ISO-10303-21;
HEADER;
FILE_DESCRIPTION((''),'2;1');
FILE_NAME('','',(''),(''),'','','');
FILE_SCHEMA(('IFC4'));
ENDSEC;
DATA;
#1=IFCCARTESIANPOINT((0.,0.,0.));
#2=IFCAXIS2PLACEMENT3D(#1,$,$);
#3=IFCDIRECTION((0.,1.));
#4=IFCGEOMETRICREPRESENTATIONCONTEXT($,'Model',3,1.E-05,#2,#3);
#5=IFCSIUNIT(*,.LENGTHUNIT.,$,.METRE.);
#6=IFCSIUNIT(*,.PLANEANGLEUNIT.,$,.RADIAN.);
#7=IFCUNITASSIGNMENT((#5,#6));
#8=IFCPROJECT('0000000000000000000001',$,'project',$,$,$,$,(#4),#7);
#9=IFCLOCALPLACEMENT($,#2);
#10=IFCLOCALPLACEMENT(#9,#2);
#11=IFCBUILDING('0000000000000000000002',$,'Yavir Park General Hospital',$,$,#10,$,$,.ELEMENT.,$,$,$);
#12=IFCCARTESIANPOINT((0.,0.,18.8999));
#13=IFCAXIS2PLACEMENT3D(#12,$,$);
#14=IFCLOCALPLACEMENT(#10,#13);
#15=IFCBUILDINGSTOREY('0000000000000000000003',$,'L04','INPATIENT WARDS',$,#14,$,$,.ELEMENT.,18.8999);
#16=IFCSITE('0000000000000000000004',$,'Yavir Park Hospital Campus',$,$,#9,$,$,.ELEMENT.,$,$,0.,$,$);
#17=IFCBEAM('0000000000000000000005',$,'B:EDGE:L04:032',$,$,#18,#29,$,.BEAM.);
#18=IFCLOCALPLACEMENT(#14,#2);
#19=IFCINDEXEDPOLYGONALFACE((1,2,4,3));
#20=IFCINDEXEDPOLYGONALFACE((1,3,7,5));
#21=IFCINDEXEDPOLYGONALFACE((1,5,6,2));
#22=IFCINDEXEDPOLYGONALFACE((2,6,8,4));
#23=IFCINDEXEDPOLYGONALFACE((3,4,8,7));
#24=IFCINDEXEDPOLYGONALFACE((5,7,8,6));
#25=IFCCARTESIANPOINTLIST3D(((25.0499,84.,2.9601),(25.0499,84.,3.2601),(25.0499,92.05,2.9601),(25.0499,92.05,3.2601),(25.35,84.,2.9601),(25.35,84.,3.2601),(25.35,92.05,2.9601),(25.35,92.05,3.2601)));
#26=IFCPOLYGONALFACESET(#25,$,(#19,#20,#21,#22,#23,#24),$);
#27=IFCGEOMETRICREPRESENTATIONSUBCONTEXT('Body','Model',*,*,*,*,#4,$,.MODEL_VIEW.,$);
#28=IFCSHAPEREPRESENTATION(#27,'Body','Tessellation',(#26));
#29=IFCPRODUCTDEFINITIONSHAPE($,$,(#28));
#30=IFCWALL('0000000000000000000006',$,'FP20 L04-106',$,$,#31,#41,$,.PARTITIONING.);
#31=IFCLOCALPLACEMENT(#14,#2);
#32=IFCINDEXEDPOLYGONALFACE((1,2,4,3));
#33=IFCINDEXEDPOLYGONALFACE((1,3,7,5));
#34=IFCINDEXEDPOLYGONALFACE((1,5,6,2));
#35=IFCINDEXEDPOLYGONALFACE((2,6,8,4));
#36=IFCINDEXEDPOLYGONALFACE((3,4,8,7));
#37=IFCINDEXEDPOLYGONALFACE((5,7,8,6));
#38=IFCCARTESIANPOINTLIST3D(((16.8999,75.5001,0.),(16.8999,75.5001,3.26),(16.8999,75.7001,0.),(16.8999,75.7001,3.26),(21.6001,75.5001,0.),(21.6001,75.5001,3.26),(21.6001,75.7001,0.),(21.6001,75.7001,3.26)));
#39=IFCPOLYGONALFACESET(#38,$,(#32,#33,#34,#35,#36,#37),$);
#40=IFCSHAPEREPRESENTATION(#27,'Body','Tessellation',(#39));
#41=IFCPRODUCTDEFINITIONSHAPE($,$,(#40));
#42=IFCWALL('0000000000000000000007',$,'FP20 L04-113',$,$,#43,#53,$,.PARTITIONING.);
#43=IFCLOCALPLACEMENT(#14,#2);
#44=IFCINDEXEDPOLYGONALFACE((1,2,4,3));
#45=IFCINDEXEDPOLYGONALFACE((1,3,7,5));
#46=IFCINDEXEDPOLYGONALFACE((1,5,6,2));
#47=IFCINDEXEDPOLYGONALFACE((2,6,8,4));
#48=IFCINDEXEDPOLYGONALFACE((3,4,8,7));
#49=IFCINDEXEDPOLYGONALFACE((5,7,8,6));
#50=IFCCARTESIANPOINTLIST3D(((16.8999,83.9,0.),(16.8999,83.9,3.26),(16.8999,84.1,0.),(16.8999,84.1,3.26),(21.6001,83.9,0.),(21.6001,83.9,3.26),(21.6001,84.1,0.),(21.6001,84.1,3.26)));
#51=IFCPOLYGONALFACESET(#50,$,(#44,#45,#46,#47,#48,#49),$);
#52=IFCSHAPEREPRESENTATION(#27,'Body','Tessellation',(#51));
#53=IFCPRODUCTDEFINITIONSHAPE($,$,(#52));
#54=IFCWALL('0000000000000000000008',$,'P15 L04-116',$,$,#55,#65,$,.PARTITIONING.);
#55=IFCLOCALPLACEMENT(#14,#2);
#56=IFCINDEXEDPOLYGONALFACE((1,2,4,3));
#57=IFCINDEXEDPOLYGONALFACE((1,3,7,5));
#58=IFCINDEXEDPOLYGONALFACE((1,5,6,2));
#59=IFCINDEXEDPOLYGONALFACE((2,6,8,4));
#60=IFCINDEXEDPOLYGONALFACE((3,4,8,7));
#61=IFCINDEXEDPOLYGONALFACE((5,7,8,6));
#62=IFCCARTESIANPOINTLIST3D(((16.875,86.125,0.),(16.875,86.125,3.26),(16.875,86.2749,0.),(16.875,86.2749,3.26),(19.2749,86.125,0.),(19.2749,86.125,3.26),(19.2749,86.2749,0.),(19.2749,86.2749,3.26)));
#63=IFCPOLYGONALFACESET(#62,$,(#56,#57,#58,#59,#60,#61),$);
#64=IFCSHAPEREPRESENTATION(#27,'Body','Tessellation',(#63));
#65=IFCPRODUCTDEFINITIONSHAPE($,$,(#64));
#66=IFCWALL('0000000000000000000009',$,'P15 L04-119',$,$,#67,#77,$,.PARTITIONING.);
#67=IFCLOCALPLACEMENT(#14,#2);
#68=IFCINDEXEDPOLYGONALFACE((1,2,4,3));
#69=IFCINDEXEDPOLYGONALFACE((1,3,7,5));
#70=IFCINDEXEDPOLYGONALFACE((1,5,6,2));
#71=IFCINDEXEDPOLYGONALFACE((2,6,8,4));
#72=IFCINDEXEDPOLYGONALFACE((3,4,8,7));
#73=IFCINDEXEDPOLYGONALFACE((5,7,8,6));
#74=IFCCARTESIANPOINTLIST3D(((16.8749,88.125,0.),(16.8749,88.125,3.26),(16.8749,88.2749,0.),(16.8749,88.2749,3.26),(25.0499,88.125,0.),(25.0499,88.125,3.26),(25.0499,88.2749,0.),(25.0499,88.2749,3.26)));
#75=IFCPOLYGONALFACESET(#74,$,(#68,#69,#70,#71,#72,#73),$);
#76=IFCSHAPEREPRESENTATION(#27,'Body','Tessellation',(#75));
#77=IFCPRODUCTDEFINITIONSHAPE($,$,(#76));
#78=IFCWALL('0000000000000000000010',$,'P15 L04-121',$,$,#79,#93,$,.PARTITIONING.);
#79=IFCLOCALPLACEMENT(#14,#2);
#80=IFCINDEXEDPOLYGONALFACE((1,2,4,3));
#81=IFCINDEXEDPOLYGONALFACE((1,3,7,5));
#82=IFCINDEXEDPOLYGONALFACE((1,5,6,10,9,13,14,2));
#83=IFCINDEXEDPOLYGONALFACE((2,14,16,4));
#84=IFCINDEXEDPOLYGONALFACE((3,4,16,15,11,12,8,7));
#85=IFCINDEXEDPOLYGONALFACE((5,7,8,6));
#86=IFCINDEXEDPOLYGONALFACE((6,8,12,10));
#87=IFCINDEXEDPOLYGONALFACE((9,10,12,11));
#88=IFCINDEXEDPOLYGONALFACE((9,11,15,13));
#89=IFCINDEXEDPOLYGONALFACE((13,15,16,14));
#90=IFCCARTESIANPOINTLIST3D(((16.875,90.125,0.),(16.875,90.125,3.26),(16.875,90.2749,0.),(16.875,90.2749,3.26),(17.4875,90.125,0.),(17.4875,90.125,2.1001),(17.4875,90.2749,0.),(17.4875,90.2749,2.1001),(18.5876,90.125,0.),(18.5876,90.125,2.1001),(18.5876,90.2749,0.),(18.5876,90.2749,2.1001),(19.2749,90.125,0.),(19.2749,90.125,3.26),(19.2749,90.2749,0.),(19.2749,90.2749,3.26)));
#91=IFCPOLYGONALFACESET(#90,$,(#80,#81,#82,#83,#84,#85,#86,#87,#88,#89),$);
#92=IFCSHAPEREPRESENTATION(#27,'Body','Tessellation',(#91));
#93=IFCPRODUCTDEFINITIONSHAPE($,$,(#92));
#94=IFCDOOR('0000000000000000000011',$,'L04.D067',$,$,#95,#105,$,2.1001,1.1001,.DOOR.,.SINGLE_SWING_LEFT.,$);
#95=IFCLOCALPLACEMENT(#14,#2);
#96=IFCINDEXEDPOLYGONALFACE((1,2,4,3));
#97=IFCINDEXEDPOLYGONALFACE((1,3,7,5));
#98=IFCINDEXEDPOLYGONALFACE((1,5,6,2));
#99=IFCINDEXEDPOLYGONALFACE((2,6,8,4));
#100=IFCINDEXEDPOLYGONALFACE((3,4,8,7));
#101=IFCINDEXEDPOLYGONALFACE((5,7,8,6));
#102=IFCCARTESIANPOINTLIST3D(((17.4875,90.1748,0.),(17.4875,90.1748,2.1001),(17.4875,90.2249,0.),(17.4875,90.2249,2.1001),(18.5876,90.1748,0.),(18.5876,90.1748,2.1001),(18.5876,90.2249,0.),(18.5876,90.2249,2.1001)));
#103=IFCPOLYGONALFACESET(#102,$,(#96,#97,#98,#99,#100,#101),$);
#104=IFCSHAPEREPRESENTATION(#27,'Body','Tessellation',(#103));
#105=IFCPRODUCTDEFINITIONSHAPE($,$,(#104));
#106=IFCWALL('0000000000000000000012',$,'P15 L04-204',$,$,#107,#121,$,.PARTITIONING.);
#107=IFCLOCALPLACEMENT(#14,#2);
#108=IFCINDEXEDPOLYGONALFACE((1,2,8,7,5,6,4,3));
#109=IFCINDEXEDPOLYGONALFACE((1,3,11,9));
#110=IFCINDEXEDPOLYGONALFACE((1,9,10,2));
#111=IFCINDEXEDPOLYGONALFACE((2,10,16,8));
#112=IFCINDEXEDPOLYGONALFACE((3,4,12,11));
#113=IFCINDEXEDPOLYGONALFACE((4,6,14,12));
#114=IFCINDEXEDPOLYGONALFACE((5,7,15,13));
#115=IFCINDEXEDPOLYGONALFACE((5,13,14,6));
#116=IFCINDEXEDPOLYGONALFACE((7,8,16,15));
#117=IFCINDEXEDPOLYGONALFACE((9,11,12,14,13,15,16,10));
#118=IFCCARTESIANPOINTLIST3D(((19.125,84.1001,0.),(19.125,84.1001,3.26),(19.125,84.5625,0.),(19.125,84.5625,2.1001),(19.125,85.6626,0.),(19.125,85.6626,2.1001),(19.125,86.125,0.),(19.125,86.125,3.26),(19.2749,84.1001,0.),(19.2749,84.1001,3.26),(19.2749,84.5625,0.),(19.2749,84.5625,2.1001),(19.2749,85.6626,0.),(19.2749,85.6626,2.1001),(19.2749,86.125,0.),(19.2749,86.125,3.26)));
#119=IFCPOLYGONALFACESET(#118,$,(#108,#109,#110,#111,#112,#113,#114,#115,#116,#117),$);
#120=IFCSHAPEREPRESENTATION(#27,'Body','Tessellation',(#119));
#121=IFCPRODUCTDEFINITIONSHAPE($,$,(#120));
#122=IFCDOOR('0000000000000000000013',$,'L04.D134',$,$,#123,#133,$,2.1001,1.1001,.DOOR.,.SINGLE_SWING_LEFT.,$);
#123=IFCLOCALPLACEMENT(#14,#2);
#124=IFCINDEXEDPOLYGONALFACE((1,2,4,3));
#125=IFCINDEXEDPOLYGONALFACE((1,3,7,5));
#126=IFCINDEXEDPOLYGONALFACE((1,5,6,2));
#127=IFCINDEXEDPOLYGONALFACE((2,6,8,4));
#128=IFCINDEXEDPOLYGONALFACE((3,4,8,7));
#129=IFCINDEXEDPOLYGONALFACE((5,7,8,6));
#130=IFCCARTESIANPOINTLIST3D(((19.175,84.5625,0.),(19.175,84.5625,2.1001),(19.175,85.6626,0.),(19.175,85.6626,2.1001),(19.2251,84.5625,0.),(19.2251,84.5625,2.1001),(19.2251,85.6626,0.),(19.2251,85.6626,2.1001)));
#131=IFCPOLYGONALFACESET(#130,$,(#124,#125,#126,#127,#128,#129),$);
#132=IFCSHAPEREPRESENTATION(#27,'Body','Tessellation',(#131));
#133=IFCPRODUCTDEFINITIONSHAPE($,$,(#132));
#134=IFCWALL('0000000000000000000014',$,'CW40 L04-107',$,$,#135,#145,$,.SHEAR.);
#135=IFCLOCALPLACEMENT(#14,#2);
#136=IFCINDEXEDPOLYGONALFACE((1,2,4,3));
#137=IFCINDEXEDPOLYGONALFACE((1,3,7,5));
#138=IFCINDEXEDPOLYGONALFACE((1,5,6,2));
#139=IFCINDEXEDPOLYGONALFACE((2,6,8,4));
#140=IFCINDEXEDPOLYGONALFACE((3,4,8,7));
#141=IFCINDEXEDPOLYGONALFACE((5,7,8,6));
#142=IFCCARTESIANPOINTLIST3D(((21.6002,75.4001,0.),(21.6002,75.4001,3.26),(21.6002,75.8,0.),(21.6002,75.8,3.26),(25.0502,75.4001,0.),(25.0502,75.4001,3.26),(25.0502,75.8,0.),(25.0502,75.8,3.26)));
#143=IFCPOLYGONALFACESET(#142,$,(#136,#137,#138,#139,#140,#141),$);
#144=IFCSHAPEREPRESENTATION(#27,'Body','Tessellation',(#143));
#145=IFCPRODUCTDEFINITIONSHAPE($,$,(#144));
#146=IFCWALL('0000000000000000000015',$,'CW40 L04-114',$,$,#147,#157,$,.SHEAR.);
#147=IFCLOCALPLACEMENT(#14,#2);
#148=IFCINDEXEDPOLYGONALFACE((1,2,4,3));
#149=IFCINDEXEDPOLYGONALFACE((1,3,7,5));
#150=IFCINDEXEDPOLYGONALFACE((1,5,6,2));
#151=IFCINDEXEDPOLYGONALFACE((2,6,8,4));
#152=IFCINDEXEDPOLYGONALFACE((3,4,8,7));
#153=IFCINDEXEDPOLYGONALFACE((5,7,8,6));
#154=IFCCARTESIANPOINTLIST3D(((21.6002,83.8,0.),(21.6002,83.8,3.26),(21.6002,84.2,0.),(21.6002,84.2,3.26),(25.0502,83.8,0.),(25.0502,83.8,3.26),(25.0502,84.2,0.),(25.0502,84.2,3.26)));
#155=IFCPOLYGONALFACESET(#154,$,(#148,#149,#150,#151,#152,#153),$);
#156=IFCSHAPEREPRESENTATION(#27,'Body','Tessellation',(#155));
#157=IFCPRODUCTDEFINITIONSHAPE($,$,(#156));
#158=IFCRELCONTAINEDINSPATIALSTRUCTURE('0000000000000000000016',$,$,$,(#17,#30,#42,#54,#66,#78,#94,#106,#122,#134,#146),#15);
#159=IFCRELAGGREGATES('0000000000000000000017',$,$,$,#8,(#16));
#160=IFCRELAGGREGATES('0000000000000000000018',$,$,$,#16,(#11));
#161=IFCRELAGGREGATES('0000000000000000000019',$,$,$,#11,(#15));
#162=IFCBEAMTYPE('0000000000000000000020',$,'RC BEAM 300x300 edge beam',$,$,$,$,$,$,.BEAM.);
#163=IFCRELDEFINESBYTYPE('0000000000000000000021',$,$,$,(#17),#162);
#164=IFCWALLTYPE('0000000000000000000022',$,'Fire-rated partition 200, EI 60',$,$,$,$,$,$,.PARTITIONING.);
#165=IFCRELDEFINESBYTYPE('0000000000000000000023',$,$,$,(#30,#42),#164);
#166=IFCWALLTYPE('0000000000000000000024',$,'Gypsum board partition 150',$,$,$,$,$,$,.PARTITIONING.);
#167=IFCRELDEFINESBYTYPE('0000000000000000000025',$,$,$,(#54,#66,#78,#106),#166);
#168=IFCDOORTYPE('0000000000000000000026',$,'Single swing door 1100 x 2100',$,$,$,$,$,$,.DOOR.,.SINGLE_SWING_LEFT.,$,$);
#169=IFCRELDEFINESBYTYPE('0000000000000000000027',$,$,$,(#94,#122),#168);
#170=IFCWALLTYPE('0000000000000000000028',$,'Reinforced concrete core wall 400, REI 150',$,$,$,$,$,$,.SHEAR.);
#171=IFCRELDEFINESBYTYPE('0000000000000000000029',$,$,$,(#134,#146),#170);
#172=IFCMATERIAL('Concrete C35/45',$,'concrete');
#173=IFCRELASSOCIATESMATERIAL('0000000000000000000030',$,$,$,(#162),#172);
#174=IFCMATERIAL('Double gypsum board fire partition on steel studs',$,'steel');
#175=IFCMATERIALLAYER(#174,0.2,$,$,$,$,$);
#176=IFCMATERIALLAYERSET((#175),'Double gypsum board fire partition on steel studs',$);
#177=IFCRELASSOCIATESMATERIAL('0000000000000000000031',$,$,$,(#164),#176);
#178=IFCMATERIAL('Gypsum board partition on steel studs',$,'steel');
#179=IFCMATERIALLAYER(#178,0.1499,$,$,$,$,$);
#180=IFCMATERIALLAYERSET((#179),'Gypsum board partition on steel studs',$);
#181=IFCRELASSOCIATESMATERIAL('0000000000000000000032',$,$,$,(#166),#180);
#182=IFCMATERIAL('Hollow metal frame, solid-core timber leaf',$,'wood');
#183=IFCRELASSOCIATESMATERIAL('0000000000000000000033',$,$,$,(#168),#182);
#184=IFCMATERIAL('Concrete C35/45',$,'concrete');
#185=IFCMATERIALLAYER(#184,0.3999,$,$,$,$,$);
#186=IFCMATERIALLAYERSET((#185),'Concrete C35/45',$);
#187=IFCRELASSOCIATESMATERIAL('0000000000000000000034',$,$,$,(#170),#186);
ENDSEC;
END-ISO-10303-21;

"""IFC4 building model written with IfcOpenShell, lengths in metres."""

from ifc_helpers import new_model, si_unit, direction, frame, frame_2d, origin, origin_2d, place, context, subcontext, project, spatial, rectangle, extrude, material, layer, layer_set, material_profile, profile_set, type_object, element, fill, save


model = new_model("IFC4")

# Units and contexts
model_context = context("Model", 3, precision=1e-05, world=origin(), true_north=direction((0.0, 1.0)))
body_context = subcontext(model_context, "Body", "Model", "MODEL_VIEW")
ifc_project = project(units=[si_unit("LENGTHUNIT", "METRE"), si_unit("PLANEANGLEUNIT", "RADIAN")], contexts=[model_context])

# Site, building, storey
site_placement = place(None, origin())
site = spatial("IfcSite", under=ifc_project, at=site_placement, Name="Yavir Park Hospital Campus", CompositionType="ELEMENT", RefElevation=0.0)
building_placement = place(site_placement, origin())
building = spatial("IfcBuilding", under=site, at=building_placement, Name="Yavir Park General Hospital", CompositionType="ELEMENT")
storey_placement = place(building_placement, frame((0.0, 0.0, 18.8999)))
storey = spatial("IfcBuildingStorey", under=building, at=storey_placement, Name="L04", Description="INPATIENT WARDS", CompositionType="ELEMENT", Elevation=18.8999)

# Beam
ifc_material_1 = material(Name="Concrete C35/45", Category="concrete")
ifc_material_profile = material_profile(ifc_material_1, rectangle(XDim=0.3, YDim=0.3, at=origin_2d()), Name="RC300x300")
ifc_profile_set = profile_set([ifc_material_profile], Name="Concrete C35/45")
beam_type = type_object("IfcBeamType", Name="RC BEAM 300x300 edge beam", PredefinedType="BEAM", material=ifc_profile_set)
beam_placement = place(storey_placement, frame((25.2, 84.0, 3.1101), z_axis=(0.0, 1.0, 0.0), x_axis=(-1.0, 0.0, 0.0)))
element("IfcBeam", 1, at=beam_placement, inside=storey, type_object=beam_type, Name="B:EDGE:L04:032", PredefinedType="BEAM", context=body_context, shape_type="SweptSolid", body=[
    extrude(rectangle(XDim=0.3, YDim=0.3, at=origin_2d()), origin(), (0.0, 0.0, 1.0), 8.05),
])

# Walls
ifc_material_2 = material(Name="Double gypsum board fire partition on steel studs", Category="steel")
ifc_layer_1 = layer(ifc_material_2, 0.2)
ifc_layer_set_1 = layer_set([ifc_layer_1], Name="Double gypsum board fire partition on steel studs")
wall_type_1 = type_object("IfcWallType", Name="Fire-rated partition 200, EI 60", PredefinedType="PARTITIONING", material=ifc_layer_set_1)
for number, where, z_axis, x_axis, name in (
    (2, (16.8999, 75.6001, 0.0), (0.0, 0.0, 1.0), (1.0, 0.0, 0.0), "FP20 L04-106"),
    (3, (16.8999, 84.0, 0.0), (0.0, 0.0, 1.0), (1.0, 0.0, 0.0), "FP20 L04-113"),
):
    element("IfcWall", number, at=place(storey_placement, frame(where, z_axis=z_axis, x_axis=x_axis)), inside=storey, type_object=wall_type_1, Name=name, PredefinedType="PARTITIONING", context=body_context, shape_type="SweptSolid", body=[
        extrude(rectangle(XDim=4.7002, YDim=0.2, at=frame_2d((2.3501, 0.0))), origin(), (0.0, 0.0, 1.0), 3.26),
    ])
ifc_material_3 = material(Name="Gypsum board partition on steel studs", Category="steel")
ifc_layer_2 = layer(ifc_material_3, 0.1499)
ifc_layer_set_2 = layer_set([ifc_layer_2], Name="Gypsum board partition on steel studs")
wall_type_2 = type_object("IfcWallType", Name="Gypsum board partition 150", PredefinedType="PARTITIONING", material=ifc_layer_set_2)
wall_1_placement = place(storey_placement, frame((16.875, 86.2, 0.0), z_axis=(0.0, 0.0, 1.0), x_axis=(1.0, 0.0, 0.0)))
element("IfcWall", 4, at=wall_1_placement, inside=storey, type_object=wall_type_2, Name="P15 L04-116", PredefinedType="PARTITIONING", context=body_context, shape_type="SweptSolid", body=[
    extrude(rectangle(XDim=2.3999, YDim=0.1499, at=frame_2d((1.2, 0.0))), origin(), (0.0, 0.0, 1.0), 3.26),
])
wall_2_placement = place(storey_placement, frame((16.875, 88.2, 0.0), z_axis=(0.0, 0.0, 1.0), x_axis=(1.0, 0.0, 0.0)))
element("IfcWall", 5, at=wall_2_placement, inside=storey, type_object=wall_type_2, Name="P15 L04-119", PredefinedType="PARTITIONING", context=body_context, shape_type="SweptSolid", body=[
    extrude(rectangle(XDim=8.175, YDim=0.1499, at=frame_2d((4.0874, 0.0))), origin(), (0.0, 0.0, 1.0), 3.26),
])

# Walls, openings, doors
wall_3_placement = place(storey_placement, frame((16.875, 90.2, 0.0), z_axis=(0.0, 0.0, 1.0), x_axis=(1.0, 0.0, 0.0)))
wall_3 = element("IfcWall", 6, at=wall_3_placement, inside=storey, type_object=wall_type_2, Name="P15 L04-121", PredefinedType="PARTITIONING", context=body_context, shape_type="SweptSolid", body=[
    extrude(rectangle(XDim=2.3999, YDim=0.1499, at=frame_2d((1.2, 0.0))), origin(), (0.0, 0.0, 1.0), 3.26),
])
opening_1_placement = place(wall_3_placement, frame((0.6125, 0.0, 0.0)))
opening_1 = element("IfcOpeningElement", 7, at=opening_1_placement, cuts=wall_3, PredefinedType="OPENING", context=body_context, shape_type="SweptSolid", body=[
    extrude(rectangle(XDim=1.1001, YDim=2.1001, at=frame_2d((0.55, 1.05))), frame((0.0, 0.085, 0.0), z_axis=(0.0, -1.0, 0.0), x_axis=(1.0, 0.0, 0.0)), (0.0, 0.0, 1.0), 0.1699),
])
ifc_material_4 = material(Name="Hollow metal frame, solid-core timber leaf", Category="wood")
door_type_1 = type_object("IfcDoorType", Name="Single swing door 1100 x 2100", OperationType="SINGLE_SWING_LEFT", PredefinedType="DOOR", material=ifc_material_4)
door_1_placement = place(opening_1_placement, origin())
door_1 = element("IfcDoor", 8, at=door_1_placement, inside=storey, type_object=door_type_1, Name="L04.D067", OperationType="SINGLE_SWING_LEFT", OverallHeight=2.1001, OverallWidth=1.1001, PredefinedType="DOOR", context=body_context, shape_type="SweptSolid", body=[
    extrude(rectangle(XDim=1.1001, YDim=2.1001, at=frame_2d((0.55, 1.05))), frame((0.0, 0.0249, 0.0), z_axis=(0.0, -1.0, 0.0), x_axis=(1.0, 0.0, 0.0)), (0.0, 0.0, 1.0), 0.05),
])
fill(opening_1, door_1)
wall_4_placement = place(storey_placement, frame((19.2, 84.1001, 0.0), z_axis=(0.0, 0.0, 1.0), x_axis=(0.0, 1.0, 0.0)))
wall_4 = element("IfcWall", 9, at=wall_4_placement, inside=storey, type_object=wall_type_2, Name="P15 L04-204", PredefinedType="PARTITIONING", context=body_context, shape_type="SweptSolid", body=[
    extrude(rectangle(XDim=2.0249, YDim=0.1499, at=frame_2d((1.0125, 0.0))), origin(), (0.0, 0.0, 1.0), 3.26),
])
opening_2_placement = place(wall_4_placement, frame((0.4624, 0.0, 0.0)))
opening_2 = element("IfcOpeningElement", 10, at=opening_2_placement, cuts=wall_4, PredefinedType="OPENING", context=body_context, shape_type="SweptSolid", body=[
    extrude(rectangle(XDim=1.1001, YDim=2.1001, at=frame_2d((0.55, 1.05))), frame((0.0, 0.085, 0.0), z_axis=(0.0, -1.0, 0.0), x_axis=(1.0, 0.0, 0.0)), (0.0, 0.0, 1.0), 0.1699),
])
door_2_placement = place(opening_2_placement, origin())
door_2 = element("IfcDoor", 11, at=door_2_placement, inside=storey, type_object=door_type_1, Name="L04.D134", OperationType="SINGLE_SWING_LEFT", OverallHeight=2.1001, OverallWidth=1.1001, PredefinedType="DOOR", context=body_context, shape_type="SweptSolid", body=[
    extrude(rectangle(XDim=1.1001, YDim=2.1001, at=frame_2d((0.55, 1.05))), frame((0.0, 0.0249, 0.0), z_axis=(0.0, -1.0, 0.0), x_axis=(1.0, 0.0, 0.0)), (0.0, 0.0, 1.0), 0.05),
])
fill(opening_2, door_2)

# Walls
ifc_material_5 = material(Name="Concrete C35/45", Category="concrete")
ifc_layer_3 = layer(ifc_material_5, 0.3999)
ifc_layer_set_3 = layer_set([ifc_layer_3], Name="Concrete C35/45")
wall_type_3 = type_object("IfcWallType", Name="Reinforced concrete core wall 400, REI 150", PredefinedType="SHEAR", material=ifc_layer_set_3)
for number, where, z_axis, x_axis, name in (
    (12, (21.6001, 75.6001, 0.0), (0.0, 0.0, 1.0), (1.0, 0.0, 0.0), "CW40 L04-107"),
    (13, (21.6001, 84.0, 0.0), (0.0, 0.0, 1.0), (1.0, 0.0, 0.0), "CW40 L04-114"),
):
    element("IfcWall", number, at=place(storey_placement, frame(where, z_axis=z_axis, x_axis=x_axis)), inside=storey, type_object=wall_type_3, Name=name, PredefinedType="SHEAR", context=body_context, shape_type="SweptSolid", body=[
        extrude(rectangle(XDim=3.45, YDim=0.3999, at=frame_2d((1.7251, 0.0))), origin(), (0.0, 0.0, 1.0), 3.26),
    ])

save(model, "model.ifc")
